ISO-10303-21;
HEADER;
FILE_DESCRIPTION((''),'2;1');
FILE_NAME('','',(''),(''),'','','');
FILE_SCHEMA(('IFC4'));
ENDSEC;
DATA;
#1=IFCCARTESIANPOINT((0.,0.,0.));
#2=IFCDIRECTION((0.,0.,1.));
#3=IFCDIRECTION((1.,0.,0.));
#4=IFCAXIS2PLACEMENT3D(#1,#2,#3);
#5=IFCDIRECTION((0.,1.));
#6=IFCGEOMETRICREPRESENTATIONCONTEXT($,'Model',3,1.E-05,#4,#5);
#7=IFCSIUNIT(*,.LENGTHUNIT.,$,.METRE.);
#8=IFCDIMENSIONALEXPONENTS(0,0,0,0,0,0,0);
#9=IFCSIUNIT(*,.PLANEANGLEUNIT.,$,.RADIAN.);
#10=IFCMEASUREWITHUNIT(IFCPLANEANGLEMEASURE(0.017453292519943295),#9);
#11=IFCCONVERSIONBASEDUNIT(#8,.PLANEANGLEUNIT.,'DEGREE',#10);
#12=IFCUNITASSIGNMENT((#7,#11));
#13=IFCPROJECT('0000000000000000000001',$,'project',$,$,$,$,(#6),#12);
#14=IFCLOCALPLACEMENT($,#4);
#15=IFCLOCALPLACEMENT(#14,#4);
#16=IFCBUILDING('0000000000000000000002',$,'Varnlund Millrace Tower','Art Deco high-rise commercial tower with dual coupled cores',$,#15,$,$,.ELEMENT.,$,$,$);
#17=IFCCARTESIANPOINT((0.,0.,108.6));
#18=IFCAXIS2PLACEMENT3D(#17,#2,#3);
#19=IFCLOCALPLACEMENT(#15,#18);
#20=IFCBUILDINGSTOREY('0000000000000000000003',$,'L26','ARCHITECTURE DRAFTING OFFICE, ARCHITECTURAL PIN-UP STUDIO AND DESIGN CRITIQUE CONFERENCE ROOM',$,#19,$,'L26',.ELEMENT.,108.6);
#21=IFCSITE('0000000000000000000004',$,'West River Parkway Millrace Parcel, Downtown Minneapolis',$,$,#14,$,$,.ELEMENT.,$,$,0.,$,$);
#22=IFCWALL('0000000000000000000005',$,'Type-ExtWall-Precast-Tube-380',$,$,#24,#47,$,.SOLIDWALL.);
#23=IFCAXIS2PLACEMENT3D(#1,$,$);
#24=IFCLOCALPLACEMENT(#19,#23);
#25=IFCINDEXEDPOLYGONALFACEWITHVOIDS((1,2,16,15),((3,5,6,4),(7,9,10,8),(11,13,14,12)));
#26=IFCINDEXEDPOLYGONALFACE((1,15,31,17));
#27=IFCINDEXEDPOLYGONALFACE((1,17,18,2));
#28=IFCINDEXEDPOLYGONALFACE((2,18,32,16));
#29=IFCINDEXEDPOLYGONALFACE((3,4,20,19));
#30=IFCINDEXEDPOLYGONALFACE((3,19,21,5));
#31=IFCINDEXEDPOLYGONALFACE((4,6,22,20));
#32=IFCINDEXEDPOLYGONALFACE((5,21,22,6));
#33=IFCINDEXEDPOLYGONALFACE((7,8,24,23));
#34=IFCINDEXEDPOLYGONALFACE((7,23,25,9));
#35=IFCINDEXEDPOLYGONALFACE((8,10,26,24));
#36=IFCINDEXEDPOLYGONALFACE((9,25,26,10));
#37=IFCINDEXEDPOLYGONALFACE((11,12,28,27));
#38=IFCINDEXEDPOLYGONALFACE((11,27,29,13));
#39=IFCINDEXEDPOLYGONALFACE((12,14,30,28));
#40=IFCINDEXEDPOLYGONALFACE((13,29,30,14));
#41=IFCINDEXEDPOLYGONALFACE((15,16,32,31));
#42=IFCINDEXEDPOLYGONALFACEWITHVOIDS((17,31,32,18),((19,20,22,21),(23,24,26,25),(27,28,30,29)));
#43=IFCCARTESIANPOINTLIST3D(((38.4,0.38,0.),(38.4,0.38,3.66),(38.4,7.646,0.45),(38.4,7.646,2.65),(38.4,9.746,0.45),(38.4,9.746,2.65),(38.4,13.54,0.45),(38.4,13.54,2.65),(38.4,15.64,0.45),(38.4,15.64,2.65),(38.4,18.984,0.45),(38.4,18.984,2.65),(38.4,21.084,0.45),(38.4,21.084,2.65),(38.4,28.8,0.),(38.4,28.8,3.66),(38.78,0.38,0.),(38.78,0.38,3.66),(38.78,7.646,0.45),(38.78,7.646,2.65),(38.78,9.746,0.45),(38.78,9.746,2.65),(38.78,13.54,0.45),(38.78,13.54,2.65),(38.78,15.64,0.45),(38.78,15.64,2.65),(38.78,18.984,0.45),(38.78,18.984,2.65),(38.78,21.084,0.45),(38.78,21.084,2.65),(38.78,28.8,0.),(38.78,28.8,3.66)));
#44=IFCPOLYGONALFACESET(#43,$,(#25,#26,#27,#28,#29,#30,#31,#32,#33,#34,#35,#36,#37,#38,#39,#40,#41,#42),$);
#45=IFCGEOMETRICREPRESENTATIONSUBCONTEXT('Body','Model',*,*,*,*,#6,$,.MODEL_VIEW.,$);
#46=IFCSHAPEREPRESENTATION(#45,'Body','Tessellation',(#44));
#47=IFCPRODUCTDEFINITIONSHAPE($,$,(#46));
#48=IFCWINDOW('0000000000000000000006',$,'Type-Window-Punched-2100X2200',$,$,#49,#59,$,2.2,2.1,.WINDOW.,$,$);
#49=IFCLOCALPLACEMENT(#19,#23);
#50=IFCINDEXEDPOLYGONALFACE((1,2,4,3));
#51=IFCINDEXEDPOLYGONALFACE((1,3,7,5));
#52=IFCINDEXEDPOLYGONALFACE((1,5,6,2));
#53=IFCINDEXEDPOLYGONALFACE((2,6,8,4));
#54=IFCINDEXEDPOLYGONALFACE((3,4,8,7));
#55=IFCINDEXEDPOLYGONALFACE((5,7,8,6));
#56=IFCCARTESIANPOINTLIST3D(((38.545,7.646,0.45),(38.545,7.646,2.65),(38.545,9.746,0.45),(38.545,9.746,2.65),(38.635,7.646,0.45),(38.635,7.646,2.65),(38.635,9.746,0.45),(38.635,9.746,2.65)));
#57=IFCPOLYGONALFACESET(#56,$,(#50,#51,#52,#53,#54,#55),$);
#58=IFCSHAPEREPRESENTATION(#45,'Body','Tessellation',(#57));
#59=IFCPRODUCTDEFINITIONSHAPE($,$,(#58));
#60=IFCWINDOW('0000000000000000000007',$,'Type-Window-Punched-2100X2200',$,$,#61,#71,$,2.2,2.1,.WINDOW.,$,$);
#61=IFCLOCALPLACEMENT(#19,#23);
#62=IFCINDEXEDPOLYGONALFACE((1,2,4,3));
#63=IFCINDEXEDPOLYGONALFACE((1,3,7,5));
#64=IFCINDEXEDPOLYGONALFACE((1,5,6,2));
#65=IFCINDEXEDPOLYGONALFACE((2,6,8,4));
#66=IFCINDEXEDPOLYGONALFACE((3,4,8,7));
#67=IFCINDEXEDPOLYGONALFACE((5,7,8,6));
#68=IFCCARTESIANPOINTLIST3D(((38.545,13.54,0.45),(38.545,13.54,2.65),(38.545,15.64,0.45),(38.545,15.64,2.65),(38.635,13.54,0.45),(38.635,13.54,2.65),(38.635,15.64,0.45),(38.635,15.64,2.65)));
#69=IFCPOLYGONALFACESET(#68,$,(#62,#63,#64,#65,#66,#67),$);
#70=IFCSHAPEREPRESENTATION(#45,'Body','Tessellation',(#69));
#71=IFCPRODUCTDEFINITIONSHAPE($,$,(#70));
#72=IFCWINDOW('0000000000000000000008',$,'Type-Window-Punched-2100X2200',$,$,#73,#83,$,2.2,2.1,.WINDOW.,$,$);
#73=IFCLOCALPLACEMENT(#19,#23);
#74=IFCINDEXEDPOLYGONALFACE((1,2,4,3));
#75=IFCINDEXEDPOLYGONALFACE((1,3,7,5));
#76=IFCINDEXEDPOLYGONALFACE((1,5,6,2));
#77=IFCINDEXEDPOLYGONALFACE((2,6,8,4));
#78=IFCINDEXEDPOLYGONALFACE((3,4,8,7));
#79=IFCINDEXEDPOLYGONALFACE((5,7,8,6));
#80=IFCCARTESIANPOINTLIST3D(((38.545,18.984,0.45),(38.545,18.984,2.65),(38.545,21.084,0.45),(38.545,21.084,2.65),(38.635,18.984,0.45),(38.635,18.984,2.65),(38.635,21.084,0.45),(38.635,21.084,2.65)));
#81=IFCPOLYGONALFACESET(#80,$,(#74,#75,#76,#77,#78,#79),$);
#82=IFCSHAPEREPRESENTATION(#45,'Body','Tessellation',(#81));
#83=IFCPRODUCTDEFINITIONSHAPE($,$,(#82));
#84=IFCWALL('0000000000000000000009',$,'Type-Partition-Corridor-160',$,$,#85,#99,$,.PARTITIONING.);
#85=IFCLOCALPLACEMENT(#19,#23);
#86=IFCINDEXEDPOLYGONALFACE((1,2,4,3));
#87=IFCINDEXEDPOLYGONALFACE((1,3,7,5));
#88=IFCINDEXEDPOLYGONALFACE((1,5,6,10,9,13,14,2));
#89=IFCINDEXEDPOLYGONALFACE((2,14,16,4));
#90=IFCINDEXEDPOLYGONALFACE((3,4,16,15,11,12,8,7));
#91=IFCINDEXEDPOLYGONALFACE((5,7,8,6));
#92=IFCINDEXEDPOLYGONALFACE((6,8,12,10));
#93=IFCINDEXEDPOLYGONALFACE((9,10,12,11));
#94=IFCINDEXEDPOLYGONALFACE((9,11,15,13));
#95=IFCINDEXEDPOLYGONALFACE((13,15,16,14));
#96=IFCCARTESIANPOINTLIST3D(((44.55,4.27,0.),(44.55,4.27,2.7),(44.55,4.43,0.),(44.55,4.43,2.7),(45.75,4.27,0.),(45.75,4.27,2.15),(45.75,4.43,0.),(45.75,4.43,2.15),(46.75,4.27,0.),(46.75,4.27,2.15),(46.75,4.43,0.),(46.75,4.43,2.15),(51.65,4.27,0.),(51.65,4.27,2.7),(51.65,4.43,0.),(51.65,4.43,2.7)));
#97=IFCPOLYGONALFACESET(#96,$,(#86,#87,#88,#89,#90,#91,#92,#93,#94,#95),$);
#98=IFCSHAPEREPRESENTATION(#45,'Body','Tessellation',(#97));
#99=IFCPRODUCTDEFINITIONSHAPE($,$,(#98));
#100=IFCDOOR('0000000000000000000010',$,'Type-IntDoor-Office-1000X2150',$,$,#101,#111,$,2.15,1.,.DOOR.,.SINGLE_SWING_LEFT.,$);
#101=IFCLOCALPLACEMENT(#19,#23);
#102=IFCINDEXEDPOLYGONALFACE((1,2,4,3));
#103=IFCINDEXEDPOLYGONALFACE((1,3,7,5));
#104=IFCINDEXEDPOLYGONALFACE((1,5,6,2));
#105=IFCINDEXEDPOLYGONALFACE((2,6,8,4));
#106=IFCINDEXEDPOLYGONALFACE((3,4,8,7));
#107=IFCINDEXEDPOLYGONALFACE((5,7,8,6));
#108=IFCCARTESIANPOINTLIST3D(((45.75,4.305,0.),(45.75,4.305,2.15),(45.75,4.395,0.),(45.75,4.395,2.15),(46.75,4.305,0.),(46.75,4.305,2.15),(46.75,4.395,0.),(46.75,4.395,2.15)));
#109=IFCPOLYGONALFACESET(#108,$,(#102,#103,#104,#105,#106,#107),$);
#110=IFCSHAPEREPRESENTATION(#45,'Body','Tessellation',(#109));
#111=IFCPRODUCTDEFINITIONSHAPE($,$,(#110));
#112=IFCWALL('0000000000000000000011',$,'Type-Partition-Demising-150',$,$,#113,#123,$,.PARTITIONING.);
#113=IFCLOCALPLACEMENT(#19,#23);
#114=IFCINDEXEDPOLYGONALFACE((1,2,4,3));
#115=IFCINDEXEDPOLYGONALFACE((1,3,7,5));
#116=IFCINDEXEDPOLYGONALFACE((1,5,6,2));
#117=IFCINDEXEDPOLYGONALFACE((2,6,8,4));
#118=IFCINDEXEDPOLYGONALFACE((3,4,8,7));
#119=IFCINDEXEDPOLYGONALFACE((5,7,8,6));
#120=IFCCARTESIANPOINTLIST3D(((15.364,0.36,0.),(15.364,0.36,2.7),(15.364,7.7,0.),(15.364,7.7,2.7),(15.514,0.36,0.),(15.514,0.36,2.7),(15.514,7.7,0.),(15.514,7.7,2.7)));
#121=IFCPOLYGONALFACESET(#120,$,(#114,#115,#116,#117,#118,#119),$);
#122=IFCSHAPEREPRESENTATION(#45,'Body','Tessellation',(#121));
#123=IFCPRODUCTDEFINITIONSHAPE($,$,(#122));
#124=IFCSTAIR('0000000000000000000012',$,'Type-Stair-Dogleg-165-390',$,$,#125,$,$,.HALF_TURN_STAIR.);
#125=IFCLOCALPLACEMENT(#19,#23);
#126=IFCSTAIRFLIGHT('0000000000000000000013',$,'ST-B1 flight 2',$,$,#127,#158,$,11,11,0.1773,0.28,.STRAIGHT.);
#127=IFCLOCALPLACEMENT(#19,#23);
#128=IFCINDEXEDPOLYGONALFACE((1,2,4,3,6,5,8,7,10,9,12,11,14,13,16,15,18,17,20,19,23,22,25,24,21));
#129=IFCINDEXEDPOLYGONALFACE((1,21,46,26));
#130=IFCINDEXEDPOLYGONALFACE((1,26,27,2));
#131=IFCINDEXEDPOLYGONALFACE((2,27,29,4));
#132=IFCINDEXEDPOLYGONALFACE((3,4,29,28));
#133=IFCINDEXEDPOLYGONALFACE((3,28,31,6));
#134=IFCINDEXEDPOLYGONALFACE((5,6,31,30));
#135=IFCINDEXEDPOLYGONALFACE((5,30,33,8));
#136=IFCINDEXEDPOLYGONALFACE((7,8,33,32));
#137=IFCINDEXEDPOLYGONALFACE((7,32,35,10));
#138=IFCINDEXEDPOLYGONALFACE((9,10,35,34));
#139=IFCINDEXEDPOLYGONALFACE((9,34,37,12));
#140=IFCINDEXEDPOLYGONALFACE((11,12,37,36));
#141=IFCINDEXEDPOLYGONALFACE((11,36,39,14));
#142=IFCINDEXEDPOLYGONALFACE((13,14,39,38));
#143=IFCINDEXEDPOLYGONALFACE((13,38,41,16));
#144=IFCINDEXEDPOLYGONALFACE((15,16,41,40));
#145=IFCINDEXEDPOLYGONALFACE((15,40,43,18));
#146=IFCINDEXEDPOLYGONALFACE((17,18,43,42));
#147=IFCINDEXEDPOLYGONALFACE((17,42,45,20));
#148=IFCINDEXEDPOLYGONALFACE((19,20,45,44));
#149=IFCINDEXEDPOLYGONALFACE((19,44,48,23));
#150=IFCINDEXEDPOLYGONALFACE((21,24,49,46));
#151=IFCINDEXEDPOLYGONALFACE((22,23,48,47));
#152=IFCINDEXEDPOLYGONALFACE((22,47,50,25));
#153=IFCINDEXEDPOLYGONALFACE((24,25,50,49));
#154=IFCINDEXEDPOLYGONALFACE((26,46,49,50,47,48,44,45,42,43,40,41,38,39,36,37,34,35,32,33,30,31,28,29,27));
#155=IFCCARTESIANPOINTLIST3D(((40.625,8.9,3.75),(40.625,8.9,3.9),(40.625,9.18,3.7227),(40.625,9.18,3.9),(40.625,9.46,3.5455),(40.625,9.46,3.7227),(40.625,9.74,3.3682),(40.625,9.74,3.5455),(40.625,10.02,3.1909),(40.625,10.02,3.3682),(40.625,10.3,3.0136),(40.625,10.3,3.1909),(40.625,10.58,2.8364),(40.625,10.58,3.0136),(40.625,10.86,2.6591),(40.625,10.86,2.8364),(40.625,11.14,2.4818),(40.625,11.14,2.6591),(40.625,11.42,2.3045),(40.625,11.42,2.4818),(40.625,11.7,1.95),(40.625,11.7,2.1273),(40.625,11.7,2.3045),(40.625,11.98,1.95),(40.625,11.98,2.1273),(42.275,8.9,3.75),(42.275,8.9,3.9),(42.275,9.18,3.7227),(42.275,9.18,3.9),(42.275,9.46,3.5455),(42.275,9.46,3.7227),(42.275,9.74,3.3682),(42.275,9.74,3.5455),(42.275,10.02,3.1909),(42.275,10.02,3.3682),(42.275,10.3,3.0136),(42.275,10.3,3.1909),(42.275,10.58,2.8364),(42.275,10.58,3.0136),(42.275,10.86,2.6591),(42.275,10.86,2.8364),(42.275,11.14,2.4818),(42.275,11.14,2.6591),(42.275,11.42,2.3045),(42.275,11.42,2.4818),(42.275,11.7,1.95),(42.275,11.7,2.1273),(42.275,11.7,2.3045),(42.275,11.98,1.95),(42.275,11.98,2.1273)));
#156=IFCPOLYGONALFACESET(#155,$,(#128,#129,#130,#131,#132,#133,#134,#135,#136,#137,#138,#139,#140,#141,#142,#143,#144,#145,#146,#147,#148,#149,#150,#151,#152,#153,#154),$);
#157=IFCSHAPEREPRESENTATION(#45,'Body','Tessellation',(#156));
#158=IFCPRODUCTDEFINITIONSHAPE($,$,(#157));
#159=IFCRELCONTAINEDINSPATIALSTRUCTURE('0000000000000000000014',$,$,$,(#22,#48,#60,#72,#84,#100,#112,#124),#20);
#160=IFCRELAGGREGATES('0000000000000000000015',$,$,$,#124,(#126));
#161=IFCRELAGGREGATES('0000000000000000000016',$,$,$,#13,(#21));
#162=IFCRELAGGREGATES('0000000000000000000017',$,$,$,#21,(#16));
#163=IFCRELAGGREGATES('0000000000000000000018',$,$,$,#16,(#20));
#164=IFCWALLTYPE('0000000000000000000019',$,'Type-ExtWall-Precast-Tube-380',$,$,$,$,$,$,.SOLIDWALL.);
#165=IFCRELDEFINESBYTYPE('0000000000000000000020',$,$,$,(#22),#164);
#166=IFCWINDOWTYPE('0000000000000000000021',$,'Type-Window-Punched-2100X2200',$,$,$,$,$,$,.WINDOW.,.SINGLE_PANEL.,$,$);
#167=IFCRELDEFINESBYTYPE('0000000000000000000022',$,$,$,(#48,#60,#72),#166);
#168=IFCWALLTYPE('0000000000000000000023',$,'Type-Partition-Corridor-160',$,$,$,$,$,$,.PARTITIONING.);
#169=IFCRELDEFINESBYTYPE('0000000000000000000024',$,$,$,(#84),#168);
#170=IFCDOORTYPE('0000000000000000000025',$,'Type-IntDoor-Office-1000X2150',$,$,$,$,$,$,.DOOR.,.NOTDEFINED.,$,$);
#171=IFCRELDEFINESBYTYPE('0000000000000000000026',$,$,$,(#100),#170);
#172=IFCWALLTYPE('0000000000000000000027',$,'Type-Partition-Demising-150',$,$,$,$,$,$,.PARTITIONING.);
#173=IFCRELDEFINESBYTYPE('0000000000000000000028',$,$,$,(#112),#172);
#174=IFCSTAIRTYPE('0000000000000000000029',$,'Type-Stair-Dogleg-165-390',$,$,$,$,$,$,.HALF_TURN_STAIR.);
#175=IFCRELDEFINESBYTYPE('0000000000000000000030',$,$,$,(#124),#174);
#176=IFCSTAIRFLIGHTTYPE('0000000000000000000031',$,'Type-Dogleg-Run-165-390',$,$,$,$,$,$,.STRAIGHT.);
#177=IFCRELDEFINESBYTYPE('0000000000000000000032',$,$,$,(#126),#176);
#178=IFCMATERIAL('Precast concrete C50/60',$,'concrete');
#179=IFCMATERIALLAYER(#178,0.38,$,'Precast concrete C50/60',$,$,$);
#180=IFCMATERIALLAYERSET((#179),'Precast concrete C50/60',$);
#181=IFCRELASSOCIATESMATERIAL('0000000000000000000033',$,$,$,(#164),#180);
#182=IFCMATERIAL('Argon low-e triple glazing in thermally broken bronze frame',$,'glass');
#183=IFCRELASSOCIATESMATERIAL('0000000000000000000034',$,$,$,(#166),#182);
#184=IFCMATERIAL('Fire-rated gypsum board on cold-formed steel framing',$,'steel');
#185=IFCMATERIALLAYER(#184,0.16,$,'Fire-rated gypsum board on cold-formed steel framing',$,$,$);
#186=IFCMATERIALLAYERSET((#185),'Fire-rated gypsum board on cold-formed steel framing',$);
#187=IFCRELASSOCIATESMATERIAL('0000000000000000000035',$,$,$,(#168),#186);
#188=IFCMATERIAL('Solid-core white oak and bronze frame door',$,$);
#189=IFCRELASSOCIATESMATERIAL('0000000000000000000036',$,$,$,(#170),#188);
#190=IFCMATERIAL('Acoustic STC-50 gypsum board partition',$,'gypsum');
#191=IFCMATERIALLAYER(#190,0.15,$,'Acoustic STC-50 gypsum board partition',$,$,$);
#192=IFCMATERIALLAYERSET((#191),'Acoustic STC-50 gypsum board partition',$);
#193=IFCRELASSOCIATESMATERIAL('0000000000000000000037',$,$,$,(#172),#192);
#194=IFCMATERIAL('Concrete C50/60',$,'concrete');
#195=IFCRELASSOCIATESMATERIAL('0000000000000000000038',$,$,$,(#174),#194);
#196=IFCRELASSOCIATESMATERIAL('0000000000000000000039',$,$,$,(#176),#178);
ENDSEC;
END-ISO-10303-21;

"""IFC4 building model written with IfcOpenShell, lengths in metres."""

from ifc_helpers import new_model, entity, si_unit, converted_unit, direction, frame, origin_with_axes, origin_2d_with_axis, place, context, subcontext, project, spatial, polyline, rectangle, outline, extrude, material, layer, layer_set, type_object, element, fill, aggregate, save


model = new_model("IFC4")

# Units and contexts
model_context = context("Model", 3, precision=1e-05, world=origin_with_axes(), true_north=direction((0.0, 1.0)))
body_context = subcontext(model_context, "Body", "Model", "MODEL_VIEW")
ifc_project = project(units=[si_unit("LENGTHUNIT", "METRE"), converted_unit("PLANEANGLEUNIT", "DEGREE", entity("IfcPlaneAngleMeasure", 0.017453292519943295), si_unit("PLANEANGLEUNIT", "RADIAN"), dimensions=[0, 0, 0, 0, 0, 0, 0])], contexts=[model_context])

# Site, building, storey
site_placement = place(None, origin_with_axes())
site = spatial("IfcSite", under=ifc_project, at=site_placement, Name="West River Parkway Millrace Parcel, Downtown Minneapolis", CompositionType="ELEMENT", RefElevation=0.0)
building_placement = place(site_placement, origin_with_axes())
building = spatial("IfcBuilding", under=site, at=building_placement, Name="Varnlund Millrace Tower", Description="Art Deco high-rise commercial tower with dual coupled cores", CompositionType="ELEMENT")
storey_placement = place(building_placement, frame((0.0, 0.0, 108.6), z_axis=(0.0, 0.0, 1.0), x_axis=(1.0, 0.0, 0.0)))
storey = spatial("IfcBuildingStorey", under=building, at=storey_placement, Name="L26", Description="ARCHITECTURE DRAFTING OFFICE, ARCHITECTURAL PIN-UP STUDIO AND DESIGN CRITIQUE CONFERENCE ROOM", LongName="L26", CompositionType="ELEMENT", Elevation=108.6)

# Wall, openings, windows
ifc_material_1 = material(Name="Precast concrete C50/60", Category="concrete")
ifc_layer_1 = layer(ifc_material_1, 0.38, Name="Precast concrete C50/60")
ifc_layer_set_1 = layer_set([ifc_layer_1], Name="Precast concrete C50/60")
wall_type_1 = type_object("IfcWallType", Name="Type-ExtWall-Precast-Tube-380", PredefinedType="SOLIDWALL", material=ifc_layer_set_1)
ifc_material_2 = material(Name="Argon low-e triple glazing in thermally broken bronze frame", Category="glass")
window_type = type_object("IfcWindowType", Name="Type-Window-Punched-2100X2200", PartitioningType="SINGLE_PANEL", PredefinedType="WINDOW", material=ifc_material_2)
wall_1_placement = place(storey_placement, frame((38.59, 0.38, 0.0), z_axis=(0.0, 0.0, 1.0), x_axis=(0.0, 1.0, 0.0)))
wall_1 = element("IfcWall", 1, at=wall_1_placement, inside=storey, type_object=wall_type_1, Name="Type-ExtWall-Precast-Tube-380", PredefinedType="SOLIDWALL", context=body_context, shape_type="SweptSolid", body=[
    extrude(outline(polyline([(0.0, -0.19), (28.42, -0.19), (28.42, 0.19), (0.0, 0.19), (0.0, -0.19)])), origin_with_axes(), (0.0, 0.0, 1.0), 3.66),
])
opening_1_placement = place(wall_1_placement, frame((8.316, 0.0, 0.45), z_axis=(0.0, 0.0, 1.0), x_axis=(1.0, 0.0, 0.0)))
opening_1 = element("IfcOpeningElement", 2, at=opening_1_placement, cuts=wall_1, PredefinedType="OPENING", context=body_context, shape_type="SweptSolid", body=[
    extrude(rectangle(XDim=2.1, YDim=0.4, at=origin_2d_with_axis()), origin_with_axes(), (0.0, 0.0, 1.0), 2.2),
])
opening_2_placement = place(wall_1_placement, frame((14.21, 0.0, 0.45), z_axis=(0.0, 0.0, 1.0), x_axis=(1.0, 0.0, 0.0)))
opening_2 = element("IfcOpeningElement", 3, at=opening_2_placement, cuts=wall_1, PredefinedType="OPENING", context=body_context, shape_type="SweptSolid", body=[
    extrude(rectangle(XDim=2.1, YDim=0.4, at=origin_2d_with_axis()), origin_with_axes(), (0.0, 0.0, 1.0), 2.2),
])
opening_3_placement = place(wall_1_placement, frame((19.654, 0.0, 0.45), z_axis=(0.0, 0.0, 1.0), x_axis=(1.0, 0.0, 0.0)))
opening_3 = element("IfcOpeningElement", 4, at=opening_3_placement, cuts=wall_1, PredefinedType="OPENING", context=body_context, shape_type="SweptSolid", body=[
    extrude(rectangle(XDim=2.1, YDim=0.4, at=origin_2d_with_axis()), origin_with_axes(), (0.0, 0.0, 1.0), 2.2),
])
window_1_placement = place(wall_1_placement, frame((8.316, 0.0, 0.45), z_axis=(0.0, 0.0, 1.0), x_axis=(1.0, 0.0, 0.0)))
window_1 = element("IfcWindow", 5, at=window_1_placement, inside=storey, type_object=window_type, Name="Type-Window-Punched-2100X2200", OverallHeight=2.2, OverallWidth=2.1, PredefinedType="WINDOW", context=body_context, shape_type="SweptSolid", body=[
    extrude(rectangle(XDim=2.1, YDim=0.09, at=origin_2d_with_axis()), origin_with_axes(), (0.0, 0.0, 1.0), 2.2),
])
fill(opening_1, window_1)
window_2_placement = place(wall_1_placement, frame((14.21, 0.0, 0.45), z_axis=(0.0, 0.0, 1.0), x_axis=(1.0, 0.0, 0.0)))
window_2 = element("IfcWindow", 6, at=window_2_placement, inside=storey, type_object=window_type, Name="Type-Window-Punched-2100X2200", OverallHeight=2.2, OverallWidth=2.1, PredefinedType="WINDOW", context=body_context, shape_type="SweptSolid", body=[
    extrude(rectangle(XDim=2.1, YDim=0.09, at=origin_2d_with_axis()), origin_with_axes(), (0.0, 0.0, 1.0), 2.2),
])
fill(opening_2, window_2)
window_3_placement = place(wall_1_placement, frame((19.654, 0.0, 0.45), z_axis=(0.0, 0.0, 1.0), x_axis=(1.0, 0.0, 0.0)))
window_3 = element("IfcWindow", 7, at=window_3_placement, inside=storey, type_object=window_type, Name="Type-Window-Punched-2100X2200", OverallHeight=2.2, OverallWidth=2.1, PredefinedType="WINDOW", context=body_context, shape_type="SweptSolid", body=[
    extrude(rectangle(XDim=2.1, YDim=0.09, at=origin_2d_with_axis()), origin_with_axes(), (0.0, 0.0, 1.0), 2.2),
])
fill(opening_3, window_3)

# Wall, opening, door
ifc_material_3 = material(Name="Fire-rated gypsum board on cold-formed steel framing", Category="steel")
ifc_layer_2 = layer(ifc_material_3, 0.16, Name="Fire-rated gypsum board on cold-formed steel framing")
ifc_layer_set_2 = layer_set([ifc_layer_2], Name="Fire-rated gypsum board on cold-formed steel framing")
wall_type_2 = type_object("IfcWallType", Name="Type-Partition-Corridor-160", PredefinedType="PARTITIONING", material=ifc_layer_set_2)
wall_2_placement = place(storey_placement, frame((44.55, 4.35, 0.0), z_axis=(0.0, 0.0, 1.0), x_axis=(1.0, 0.0, 0.0)))
wall_2 = element("IfcWall", 8, at=wall_2_placement, inside=storey, type_object=wall_type_2, Name="Type-Partition-Corridor-160", PredefinedType="PARTITIONING", context=body_context, shape_type="SweptSolid", body=[
    extrude(outline(polyline([(0.0, -0.08), (7.1, -0.08), (7.1, 0.08), (0.0, 0.08), (0.0, -0.08)])), origin_with_axes(), (0.0, 0.0, 1.0), 2.7),
])
opening_4_placement = place(wall_2_placement, frame((1.7, 0.0, 0.0), z_axis=(0.0, 0.0, 1.0), x_axis=(1.0, 0.0, 0.0)))
opening_4 = element("IfcOpeningElement", 9, at=opening_4_placement, cuts=wall_2, PredefinedType="OPENING", context=body_context, shape_type="SweptSolid", body=[
    extrude(rectangle(XDim=1.0, YDim=0.18, at=origin_2d_with_axis()), origin_with_axes(), (0.0, 0.0, 1.0), 2.15),
])
ifc_material_4 = material(Name="Solid-core white oak and bronze frame door")
door_type = type_object("IfcDoorType", Name="Type-IntDoor-Office-1000X2150", OperationType="NOTDEFINED", PredefinedType="DOOR", material=ifc_material_4)
door_placement = place(wall_2_placement, frame((1.7, 0.0, 0.0), z_axis=(0.0, 0.0, 1.0), x_axis=(1.0, 0.0, 0.0)))
door = element("IfcDoor", 10, at=door_placement, inside=storey, type_object=door_type, Name="Type-IntDoor-Office-1000X2150", OperationType="SINGLE_SWING_LEFT", OverallHeight=2.15, OverallWidth=1.0, PredefinedType="DOOR", context=body_context, shape_type="SweptSolid", body=[
    extrude(rectangle(XDim=1.0, YDim=0.09, at=origin_2d_with_axis()), origin_with_axes(), (0.0, 0.0, 1.0), 2.15),
])
fill(opening_4, door)

# Wall
ifc_material_5 = material(Name="Acoustic STC-50 gypsum board partition", Category="gypsum")
ifc_layer_3 = layer(ifc_material_5, 0.15, Name="Acoustic STC-50 gypsum board partition")
ifc_layer_set_3 = layer_set([ifc_layer_3], Name="Acoustic STC-50 gypsum board partition")
wall_type_3 = type_object("IfcWallType", Name="Type-Partition-Demising-150", PredefinedType="PARTITIONING", material=ifc_layer_set_3)
wall_3_placement = place(storey_placement, frame((15.439, 0.36, 0.0), z_axis=(0.0, 0.0, 1.0), x_axis=(0.0, 1.0, 0.0)))
element("IfcWall", 11, at=wall_3_placement, inside=storey, type_object=wall_type_3, Name="Type-Partition-Demising-150", PredefinedType="PARTITIONING", context=body_context, shape_type="SweptSolid", body=[
    extrude(outline(polyline([(0.0, -0.075), (7.34, -0.075), (7.34, 0.075), (0.0, 0.075), (0.0, -0.075)])), origin_with_axes(), (0.0, 0.0, 1.0), 2.7),
])

# Stair, stair flight
ifc_material_6 = material(Name="Concrete C50/60", Category="concrete")
stair_type = type_object("IfcStairType", Name="Type-Stair-Dogleg-165-390", PredefinedType="HALF_TURN_STAIR", material=ifc_material_6)
stair_placement = place(storey_placement, origin_with_axes())
stair = element("IfcStair", 12, at=stair_placement, inside=storey, type_object=stair_type, Name="Type-Stair-Dogleg-165-390", PredefinedType="HALF_TURN_STAIR")
stair_flight_type = type_object("IfcStairFlightType", Name="Type-Dogleg-Run-165-390", PredefinedType="STRAIGHT", material=ifc_material_1)
stair_flight_placement = place(storey_placement, frame((42.275, 11.98, 1.95), z_axis=(-1.0, 0.0, 0.0), x_axis=(0.0, -1.0, 0.0)))
stair_flight = element("IfcStairFlight", 13, at=stair_flight_placement, type_object=stair_flight_type, Name="ST-B1 flight 2", NumberOfRisers=11, NumberOfTreads=11, PredefinedType="STRAIGHT", RiserHeight=0.1773, TreadLength=0.28, context=body_context, shape_type="SweptSolid", body=[
    extrude(outline(polyline([(0.0, 0.0), (0.0, 0.1773), (0.28, 0.1773), (0.28, 0.3545), (0.56, 0.3545), (0.56, 0.5318), (0.84, 0.5318), (0.84, 0.7091), (1.12, 0.7091), (1.12, 0.8864), (1.4, 0.8864), (1.4, 1.0636), (1.68, 1.0636), (1.68, 1.2409), (1.96, 1.2409), (1.96, 1.4182), (2.24, 1.4182), (2.24, 1.5955), (2.52, 1.5955), (2.52, 1.7727), (2.8, 1.7727), (2.8, 1.95), (3.08, 1.95), (3.08, 1.8), (0.28, 0.0), (0.0, 0.0)])), origin_with_axes(), (0.0, 0.0, 1.0), 1.65),
])
aggregate(stair, [stair_flight])

save(model, "model.ifc")
